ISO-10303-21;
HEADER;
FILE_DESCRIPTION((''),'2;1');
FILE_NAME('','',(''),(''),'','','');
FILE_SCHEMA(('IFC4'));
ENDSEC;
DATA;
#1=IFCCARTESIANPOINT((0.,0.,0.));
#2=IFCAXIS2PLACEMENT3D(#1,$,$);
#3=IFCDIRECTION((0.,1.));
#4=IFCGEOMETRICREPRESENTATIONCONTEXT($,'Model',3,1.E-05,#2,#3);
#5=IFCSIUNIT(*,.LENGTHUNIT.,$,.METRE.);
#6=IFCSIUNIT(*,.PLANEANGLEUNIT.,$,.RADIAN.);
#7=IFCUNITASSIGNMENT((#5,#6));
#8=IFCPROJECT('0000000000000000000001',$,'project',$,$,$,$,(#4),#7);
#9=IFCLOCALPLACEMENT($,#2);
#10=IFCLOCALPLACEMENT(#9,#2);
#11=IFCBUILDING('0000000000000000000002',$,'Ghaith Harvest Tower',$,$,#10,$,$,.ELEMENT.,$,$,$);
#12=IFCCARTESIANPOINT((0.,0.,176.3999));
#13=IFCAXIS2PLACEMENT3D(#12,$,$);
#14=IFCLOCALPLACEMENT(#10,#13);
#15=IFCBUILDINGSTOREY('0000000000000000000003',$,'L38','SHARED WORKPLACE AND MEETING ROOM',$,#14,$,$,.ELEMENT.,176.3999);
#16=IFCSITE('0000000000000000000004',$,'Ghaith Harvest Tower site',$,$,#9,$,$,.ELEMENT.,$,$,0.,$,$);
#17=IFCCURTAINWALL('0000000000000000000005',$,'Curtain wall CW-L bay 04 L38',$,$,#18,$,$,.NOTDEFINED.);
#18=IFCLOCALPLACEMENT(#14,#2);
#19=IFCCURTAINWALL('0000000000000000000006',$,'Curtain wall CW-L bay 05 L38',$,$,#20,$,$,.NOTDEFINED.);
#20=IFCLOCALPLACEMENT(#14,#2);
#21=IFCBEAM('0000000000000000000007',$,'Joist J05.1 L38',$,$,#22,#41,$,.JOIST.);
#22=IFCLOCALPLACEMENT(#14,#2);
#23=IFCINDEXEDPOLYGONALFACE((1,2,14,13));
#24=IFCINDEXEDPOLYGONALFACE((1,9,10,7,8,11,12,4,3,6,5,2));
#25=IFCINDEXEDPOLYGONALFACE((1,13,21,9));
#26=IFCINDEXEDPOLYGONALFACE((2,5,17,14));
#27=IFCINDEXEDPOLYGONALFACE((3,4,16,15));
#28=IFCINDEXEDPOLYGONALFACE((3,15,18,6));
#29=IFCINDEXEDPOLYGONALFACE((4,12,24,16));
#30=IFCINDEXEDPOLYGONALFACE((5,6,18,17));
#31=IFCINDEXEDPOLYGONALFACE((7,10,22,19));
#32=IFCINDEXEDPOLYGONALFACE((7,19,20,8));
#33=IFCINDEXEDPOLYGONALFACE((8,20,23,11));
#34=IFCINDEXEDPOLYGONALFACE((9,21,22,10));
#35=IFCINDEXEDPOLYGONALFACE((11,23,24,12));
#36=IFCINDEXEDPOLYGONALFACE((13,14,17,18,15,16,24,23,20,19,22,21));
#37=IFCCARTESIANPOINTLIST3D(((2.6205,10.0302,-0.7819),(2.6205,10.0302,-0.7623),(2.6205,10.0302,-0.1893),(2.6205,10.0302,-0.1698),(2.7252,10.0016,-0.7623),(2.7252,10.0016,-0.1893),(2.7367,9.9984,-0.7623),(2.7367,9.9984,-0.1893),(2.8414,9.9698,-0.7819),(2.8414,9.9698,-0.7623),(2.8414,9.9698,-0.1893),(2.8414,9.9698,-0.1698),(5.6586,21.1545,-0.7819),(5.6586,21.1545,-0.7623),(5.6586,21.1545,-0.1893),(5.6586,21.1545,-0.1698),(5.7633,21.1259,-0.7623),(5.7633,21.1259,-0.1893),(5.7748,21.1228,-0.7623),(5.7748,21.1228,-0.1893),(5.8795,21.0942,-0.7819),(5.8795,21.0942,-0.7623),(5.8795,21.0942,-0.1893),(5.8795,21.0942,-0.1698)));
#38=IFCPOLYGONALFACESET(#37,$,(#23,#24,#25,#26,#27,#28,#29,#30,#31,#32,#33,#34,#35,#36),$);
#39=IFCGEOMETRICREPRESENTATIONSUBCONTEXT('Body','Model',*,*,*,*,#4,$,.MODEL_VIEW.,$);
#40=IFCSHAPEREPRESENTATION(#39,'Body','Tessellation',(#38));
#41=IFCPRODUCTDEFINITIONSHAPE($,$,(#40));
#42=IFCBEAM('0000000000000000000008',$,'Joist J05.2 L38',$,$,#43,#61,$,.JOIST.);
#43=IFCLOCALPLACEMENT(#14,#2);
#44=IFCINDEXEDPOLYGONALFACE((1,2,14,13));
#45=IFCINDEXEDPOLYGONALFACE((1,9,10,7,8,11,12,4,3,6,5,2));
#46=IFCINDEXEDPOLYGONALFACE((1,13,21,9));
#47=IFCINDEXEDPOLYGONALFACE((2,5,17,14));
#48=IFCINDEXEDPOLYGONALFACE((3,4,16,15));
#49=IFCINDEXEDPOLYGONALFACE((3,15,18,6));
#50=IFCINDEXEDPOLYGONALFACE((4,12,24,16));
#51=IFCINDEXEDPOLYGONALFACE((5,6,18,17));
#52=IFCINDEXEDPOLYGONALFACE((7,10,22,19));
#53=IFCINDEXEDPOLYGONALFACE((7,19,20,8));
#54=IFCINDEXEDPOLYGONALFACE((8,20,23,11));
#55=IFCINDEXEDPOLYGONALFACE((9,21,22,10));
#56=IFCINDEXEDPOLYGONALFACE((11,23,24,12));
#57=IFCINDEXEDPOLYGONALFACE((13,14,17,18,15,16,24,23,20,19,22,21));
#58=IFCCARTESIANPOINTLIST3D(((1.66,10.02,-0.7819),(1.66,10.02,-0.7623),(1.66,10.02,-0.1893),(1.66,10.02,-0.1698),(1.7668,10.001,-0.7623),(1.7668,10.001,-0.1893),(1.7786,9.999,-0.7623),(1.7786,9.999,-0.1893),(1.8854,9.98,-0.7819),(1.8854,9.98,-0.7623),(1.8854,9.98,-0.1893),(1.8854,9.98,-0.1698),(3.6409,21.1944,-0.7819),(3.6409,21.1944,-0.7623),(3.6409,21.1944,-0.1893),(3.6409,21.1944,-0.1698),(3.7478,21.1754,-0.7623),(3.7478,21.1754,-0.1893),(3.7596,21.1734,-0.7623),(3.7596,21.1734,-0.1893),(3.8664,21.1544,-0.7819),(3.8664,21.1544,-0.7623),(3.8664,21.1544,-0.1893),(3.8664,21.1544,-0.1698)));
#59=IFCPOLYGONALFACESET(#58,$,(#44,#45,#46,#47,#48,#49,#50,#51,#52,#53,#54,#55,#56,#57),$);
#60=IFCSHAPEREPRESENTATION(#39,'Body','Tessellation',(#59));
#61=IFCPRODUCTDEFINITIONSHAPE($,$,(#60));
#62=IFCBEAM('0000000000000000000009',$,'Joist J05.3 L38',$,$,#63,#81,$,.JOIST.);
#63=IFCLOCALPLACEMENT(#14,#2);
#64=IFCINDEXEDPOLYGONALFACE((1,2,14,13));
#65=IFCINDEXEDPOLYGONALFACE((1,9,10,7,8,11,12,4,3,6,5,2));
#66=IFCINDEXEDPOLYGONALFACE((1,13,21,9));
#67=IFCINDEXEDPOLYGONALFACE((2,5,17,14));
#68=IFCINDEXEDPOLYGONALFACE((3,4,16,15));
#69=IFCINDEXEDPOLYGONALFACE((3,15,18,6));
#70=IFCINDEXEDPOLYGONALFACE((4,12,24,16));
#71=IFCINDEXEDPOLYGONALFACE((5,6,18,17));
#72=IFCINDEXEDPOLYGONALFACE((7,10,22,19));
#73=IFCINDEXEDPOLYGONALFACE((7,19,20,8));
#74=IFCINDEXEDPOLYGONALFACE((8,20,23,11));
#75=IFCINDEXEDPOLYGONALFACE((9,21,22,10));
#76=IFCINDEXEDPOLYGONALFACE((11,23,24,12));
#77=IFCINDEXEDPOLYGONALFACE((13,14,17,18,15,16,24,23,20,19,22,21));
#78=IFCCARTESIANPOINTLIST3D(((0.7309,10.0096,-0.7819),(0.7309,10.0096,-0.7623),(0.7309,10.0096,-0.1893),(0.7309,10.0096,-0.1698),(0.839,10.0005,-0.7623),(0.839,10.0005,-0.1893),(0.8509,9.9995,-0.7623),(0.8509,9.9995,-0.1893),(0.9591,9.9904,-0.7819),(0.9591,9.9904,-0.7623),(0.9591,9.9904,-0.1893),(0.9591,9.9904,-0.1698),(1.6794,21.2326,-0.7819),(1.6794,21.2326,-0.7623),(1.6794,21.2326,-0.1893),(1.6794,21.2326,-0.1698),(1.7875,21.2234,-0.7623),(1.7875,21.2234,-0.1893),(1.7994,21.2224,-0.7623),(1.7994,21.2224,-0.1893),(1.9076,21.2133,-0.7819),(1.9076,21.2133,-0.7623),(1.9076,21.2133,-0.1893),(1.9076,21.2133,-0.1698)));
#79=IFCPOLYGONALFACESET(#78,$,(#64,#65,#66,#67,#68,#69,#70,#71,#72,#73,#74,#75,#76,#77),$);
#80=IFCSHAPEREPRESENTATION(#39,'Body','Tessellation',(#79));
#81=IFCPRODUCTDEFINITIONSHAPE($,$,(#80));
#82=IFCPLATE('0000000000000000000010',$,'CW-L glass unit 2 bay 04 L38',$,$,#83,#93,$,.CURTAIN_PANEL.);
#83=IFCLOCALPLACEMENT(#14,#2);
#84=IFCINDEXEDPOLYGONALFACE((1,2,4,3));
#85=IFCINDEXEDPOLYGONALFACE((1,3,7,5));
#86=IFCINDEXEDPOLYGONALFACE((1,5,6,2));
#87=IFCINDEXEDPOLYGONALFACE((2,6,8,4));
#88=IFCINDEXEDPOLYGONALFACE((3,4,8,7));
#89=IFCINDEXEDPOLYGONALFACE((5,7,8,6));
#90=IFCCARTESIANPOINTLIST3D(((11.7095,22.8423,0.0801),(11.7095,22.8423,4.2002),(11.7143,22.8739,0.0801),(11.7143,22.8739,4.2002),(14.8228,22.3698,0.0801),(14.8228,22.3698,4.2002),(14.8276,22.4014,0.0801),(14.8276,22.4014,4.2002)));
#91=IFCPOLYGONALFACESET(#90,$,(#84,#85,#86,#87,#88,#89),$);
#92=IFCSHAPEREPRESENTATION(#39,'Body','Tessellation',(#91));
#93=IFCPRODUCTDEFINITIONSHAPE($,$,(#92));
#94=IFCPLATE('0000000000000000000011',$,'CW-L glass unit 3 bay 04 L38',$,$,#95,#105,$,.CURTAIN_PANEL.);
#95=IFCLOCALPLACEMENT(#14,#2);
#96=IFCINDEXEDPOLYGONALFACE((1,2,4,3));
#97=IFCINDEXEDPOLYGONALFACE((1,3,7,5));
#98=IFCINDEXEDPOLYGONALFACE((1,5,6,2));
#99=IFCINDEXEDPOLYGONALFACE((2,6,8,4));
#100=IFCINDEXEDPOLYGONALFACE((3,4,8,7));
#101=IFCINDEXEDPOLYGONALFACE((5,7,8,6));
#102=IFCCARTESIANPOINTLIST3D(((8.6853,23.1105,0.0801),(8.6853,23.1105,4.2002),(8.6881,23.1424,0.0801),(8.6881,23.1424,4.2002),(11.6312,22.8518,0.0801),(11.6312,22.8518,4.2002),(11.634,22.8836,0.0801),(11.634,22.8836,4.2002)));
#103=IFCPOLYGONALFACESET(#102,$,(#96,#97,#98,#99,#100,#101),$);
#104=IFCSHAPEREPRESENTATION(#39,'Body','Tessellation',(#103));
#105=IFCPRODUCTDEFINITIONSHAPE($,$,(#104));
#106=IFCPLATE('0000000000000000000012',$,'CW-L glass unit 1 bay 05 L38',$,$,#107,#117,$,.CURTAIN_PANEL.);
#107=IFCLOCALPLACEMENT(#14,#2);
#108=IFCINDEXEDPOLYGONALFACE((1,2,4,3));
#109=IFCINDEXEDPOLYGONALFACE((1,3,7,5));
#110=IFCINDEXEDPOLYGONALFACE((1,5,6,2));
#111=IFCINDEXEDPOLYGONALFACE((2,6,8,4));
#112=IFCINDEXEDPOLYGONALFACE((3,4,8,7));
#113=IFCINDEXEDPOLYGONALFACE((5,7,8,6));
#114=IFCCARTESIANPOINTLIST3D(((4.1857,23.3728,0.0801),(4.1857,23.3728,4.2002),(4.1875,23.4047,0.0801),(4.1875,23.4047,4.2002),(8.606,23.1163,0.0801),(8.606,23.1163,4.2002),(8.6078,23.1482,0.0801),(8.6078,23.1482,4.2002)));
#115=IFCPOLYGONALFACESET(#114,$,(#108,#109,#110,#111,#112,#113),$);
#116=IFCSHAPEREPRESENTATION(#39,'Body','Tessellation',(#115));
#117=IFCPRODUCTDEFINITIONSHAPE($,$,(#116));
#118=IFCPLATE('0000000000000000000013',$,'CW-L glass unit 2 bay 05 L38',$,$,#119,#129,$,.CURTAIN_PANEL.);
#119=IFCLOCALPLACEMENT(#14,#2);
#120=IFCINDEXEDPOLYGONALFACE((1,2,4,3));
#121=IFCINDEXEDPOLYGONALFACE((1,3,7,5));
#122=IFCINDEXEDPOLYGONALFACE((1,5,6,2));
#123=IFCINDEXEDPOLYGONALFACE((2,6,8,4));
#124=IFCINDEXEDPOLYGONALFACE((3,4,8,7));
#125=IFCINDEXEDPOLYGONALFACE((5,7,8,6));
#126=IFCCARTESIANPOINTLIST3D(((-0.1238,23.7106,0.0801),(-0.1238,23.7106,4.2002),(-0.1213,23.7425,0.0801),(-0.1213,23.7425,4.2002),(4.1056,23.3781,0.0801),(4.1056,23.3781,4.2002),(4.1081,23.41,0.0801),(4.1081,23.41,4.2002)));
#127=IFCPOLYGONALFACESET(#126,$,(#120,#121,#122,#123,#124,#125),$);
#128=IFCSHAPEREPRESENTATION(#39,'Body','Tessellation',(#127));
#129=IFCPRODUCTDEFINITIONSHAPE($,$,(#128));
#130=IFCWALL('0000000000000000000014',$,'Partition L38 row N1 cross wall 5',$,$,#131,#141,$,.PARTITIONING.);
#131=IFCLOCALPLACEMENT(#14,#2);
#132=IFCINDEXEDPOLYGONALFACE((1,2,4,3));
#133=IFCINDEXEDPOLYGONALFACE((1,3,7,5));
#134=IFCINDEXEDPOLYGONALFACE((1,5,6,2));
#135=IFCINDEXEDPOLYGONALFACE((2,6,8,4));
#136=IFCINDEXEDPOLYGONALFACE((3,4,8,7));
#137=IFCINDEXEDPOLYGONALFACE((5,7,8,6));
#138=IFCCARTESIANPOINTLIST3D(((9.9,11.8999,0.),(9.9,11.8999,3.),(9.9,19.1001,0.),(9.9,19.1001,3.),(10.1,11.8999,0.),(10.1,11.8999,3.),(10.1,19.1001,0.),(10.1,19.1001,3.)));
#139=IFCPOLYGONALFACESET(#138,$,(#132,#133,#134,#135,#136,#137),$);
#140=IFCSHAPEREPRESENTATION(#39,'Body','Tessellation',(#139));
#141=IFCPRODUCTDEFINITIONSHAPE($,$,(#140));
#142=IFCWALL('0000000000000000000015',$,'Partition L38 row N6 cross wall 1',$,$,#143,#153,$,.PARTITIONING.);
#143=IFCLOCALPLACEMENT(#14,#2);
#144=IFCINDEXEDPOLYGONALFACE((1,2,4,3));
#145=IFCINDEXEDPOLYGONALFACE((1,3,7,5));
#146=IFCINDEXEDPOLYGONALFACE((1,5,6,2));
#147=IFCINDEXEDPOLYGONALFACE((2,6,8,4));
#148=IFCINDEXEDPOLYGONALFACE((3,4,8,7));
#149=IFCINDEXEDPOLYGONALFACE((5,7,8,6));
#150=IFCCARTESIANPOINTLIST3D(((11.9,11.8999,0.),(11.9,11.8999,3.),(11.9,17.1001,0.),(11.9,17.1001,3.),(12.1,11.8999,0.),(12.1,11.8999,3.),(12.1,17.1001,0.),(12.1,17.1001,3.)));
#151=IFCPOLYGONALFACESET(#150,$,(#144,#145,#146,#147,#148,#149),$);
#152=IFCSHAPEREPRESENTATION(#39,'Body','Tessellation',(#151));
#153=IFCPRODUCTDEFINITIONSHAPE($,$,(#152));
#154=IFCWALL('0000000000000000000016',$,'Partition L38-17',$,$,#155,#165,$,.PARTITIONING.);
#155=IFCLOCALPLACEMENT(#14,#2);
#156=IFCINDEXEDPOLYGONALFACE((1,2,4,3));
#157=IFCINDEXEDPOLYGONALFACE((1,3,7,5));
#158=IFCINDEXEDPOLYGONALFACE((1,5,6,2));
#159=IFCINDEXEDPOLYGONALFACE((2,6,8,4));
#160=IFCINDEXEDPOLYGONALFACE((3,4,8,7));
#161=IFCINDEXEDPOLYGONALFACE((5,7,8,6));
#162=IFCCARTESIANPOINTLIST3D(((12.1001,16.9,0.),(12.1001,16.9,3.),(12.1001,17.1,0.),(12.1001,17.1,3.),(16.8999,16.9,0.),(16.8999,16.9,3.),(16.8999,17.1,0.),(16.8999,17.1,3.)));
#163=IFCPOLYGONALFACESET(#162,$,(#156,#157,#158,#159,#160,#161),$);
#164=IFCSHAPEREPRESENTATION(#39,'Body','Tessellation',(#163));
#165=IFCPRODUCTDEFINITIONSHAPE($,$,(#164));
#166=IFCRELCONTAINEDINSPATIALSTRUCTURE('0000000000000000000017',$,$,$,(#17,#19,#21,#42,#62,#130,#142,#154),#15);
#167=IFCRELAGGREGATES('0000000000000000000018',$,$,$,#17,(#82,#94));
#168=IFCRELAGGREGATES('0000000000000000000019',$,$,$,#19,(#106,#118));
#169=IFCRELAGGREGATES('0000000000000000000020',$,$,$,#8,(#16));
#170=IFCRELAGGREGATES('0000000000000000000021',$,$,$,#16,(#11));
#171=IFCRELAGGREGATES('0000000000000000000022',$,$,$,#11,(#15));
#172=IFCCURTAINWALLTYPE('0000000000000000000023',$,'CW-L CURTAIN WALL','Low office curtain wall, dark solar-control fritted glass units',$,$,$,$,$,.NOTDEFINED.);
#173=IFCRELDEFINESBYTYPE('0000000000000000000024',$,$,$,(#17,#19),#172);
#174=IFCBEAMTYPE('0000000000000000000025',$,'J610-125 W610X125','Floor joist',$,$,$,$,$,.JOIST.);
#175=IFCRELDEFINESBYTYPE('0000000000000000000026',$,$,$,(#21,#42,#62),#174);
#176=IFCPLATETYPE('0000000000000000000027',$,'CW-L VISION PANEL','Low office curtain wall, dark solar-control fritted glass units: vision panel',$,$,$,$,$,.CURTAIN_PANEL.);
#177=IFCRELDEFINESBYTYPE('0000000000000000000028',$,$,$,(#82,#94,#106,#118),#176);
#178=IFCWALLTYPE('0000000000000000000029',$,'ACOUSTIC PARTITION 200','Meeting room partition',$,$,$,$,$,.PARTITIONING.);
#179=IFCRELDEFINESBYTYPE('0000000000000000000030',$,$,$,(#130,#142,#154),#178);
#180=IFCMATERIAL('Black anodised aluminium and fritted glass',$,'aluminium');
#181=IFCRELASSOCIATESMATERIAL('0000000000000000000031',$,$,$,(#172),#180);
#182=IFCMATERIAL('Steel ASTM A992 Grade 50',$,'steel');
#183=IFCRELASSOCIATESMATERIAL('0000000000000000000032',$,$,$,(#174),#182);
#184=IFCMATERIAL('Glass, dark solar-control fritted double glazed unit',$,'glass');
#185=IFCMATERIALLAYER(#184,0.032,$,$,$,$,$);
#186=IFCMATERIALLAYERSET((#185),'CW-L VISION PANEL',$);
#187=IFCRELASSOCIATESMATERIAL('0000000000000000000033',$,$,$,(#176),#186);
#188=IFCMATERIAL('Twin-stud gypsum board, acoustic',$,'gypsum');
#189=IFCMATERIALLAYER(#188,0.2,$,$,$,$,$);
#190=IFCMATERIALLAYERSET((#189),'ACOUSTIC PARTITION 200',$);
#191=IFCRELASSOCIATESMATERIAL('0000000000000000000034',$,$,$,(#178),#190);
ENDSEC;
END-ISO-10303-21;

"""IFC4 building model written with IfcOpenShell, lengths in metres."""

from ifc_helpers import new_model, si_unit, direction, frame, frame_2d, origin, origin_2d, place, context, subcontext, project, spatial, rectangle, i_section, extrude, material, layer, layer_set, material_profile, profile_set, type_object, element, aggregate, save


model = new_model("IFC4")

# Units and contexts
model_context = context("Model", 3, precision=1e-05, world=origin(), true_north=direction((0.0, 1.0)))
body_context = subcontext(model_context, "Body", "Model", "MODEL_VIEW")
ifc_project = project(units=[si_unit("LENGTHUNIT", "METRE"), si_unit("PLANEANGLEUNIT", "RADIAN")], contexts=[model_context])

# Site, building, storey
site_placement = place(None, origin())
site = spatial("IfcSite", under=ifc_project, at=site_placement, Name="Ghaith Harvest Tower site", CompositionType="ELEMENT", RefElevation=0.0)
building_placement = place(site_placement, origin())
building = spatial("IfcBuilding", under=site, at=building_placement, Name="Ghaith Harvest Tower", CompositionType="ELEMENT")
storey_placement = place(building_placement, frame((0.0, 0.0, 176.3999)))
storey = spatial("IfcBuildingStorey", under=building, at=storey_placement, Name="L38", Description="SHARED WORKPLACE AND MEETING ROOM", CompositionType="ELEMENT", Elevation=176.3999)

# Curtain wall
ifc_material_1 = material(Name="Black anodised aluminium and fritted glass", Category="aluminium")
curtain_wall_type = type_object("IfcCurtainWallType", Name="CW-L CURTAIN WALL", Description="Low office curtain wall, dark solar-control fritted glass units", PredefinedType="NOTDEFINED", material=ifc_material_1)
curtain_wall_1_placement = place(storey_placement, origin())
curtain_wall_1 = element("IfcCurtainWall", 1, at=curtain_wall_1_placement, inside=storey, type_object=curtain_wall_type, Name="Curtain wall CW-L bay 04 L38", PredefinedType="NOTDEFINED")

# Curtain wall
curtain_wall_2_placement = place(storey_placement, origin())
curtain_wall_2 = element("IfcCurtainWall", 2, at=curtain_wall_2_placement, inside=storey, type_object=curtain_wall_type, Name="Curtain wall CW-L bay 05 L38", PredefinedType="NOTDEFINED")

# Beams
ifc_material_2 = material(Name="Steel ASTM A992 Grade 50", Category="steel")
ifc_material_profile_1 = material_profile(ifc_material_2, i_section(OverallWidth=0.229, OverallDepth=0.6121, WebThickness=0.012, FlangeThickness=0.0195, at=origin_2d()), Name="W610X125")
ifc_profile_set_1 = profile_set([ifc_material_profile_1], Name="Steel ASTM A992 Grade 50")
beam_type_1 = type_object("IfcBeamType", Name="J610-125 W610X125", Description="Floor joist", PredefinedType="JOIST", material=ifc_profile_set_1)
beam_1_placement = place(storey_placement, frame((2.731, 10.0, -0.4758), z_axis=(0.263456, 0.964671, 0.0), x_axis=(-0.964671, 0.263456, 0.0)))
element("IfcBeam", 3, at=beam_1_placement, inside=storey, type_object=beam_type_1, Name="Joist J05.1 L38", PredefinedType="JOIST", context=body_context, shape_type="SweptSolid", body=[
    extrude(i_section(OverallWidth=0.229, OverallDepth=0.6121, WebThickness=0.012, FlangeThickness=0.0195, at=origin_2d()), origin(), (0.0, 0.0, 1.0), 11.5317),
])
beam_2_placement = place(storey_placement, frame((1.7727, 10.0, -0.4758), z_axis=(0.174556, 0.984647, 0.0), x_axis=(-0.984647, 0.174556, 0.0)))
element("IfcBeam", 4, at=beam_2_placement, inside=storey, type_object=beam_type_1, Name="Joist J05.2 L38", PredefinedType="JOIST", context=body_context, shape_type="SweptSolid", body=[
    extrude(i_section(OverallWidth=0.229, OverallDepth=0.6121, WebThickness=0.012, FlangeThickness=0.0195, at=origin_2d()), origin(), (0.0, 0.0, 1.0), 11.3486),
])
beam_3_placement = place(storey_placement, frame((0.845, 10.0, -0.4758), z_axis=(0.084213, 0.996448, 0.0), x_axis=(-0.996448, 0.084213, 0.0)))
element("IfcBeam", 5, at=beam_3_placement, inside=storey, type_object=beam_type_1, Name="Joist J05.3 L38", PredefinedType="JOIST", context=body_context, shape_type="SweptSolid", body=[
    extrude(i_section(OverallWidth=0.229, OverallDepth=0.6121, WebThickness=0.012, FlangeThickness=0.0195, at=origin_2d()), origin(), (0.0, 0.0, 1.0), 11.2629),
])

# Plates
ifc_material_3 = material(Name="Glass, dark solar-control fritted double glazed unit", Category="glass")
ifc_layer_1 = layer(ifc_material_3, 0.032)
ifc_layer_set_1 = layer_set([ifc_layer_1], Name="CW-L VISION PANEL")
plate_type = type_object("IfcPlateType", Name="CW-L VISION PANEL", Description="Low office curtain wall, dark solar-control fritted glass units: vision panel", PredefinedType="CURTAIN_PANEL", material=ifc_layer_set_1)
plate_1_placement = place(storey_placement, frame((13.2686, 22.6218, 0.0801), z_axis=(0.0, 0.0, 1.0), x_axis=(-0.988679, 0.150048, 0.0)))
plate_1 = element("IfcPlate", 6, at=plate_1_placement, type_object=plate_type, Name="CW-L glass unit 2 bay 04 L38", PredefinedType="CURTAIN_PANEL", context=body_context, shape_type="SweptSolid", body=[
    extrude(rectangle(XDim=3.1489, YDim=0.032, at=origin_2d()), origin(), (0.0, 0.0, 1.0), 4.1201),
])
plate_2_placement = place(storey_placement, frame((10.1597, 22.9971, 0.0801), z_axis=(0.0, 0.0, 1.0), x_axis=(-0.996166, 0.087481, 0.0)))
plate_2 = element("IfcPlate", 7, at=plate_2_placement, type_object=plate_type, Name="CW-L glass unit 3 bay 04 L38", PredefinedType="CURTAIN_PANEL", context=body_context, shape_type="SweptSolid", body=[
    extrude(rectangle(XDim=2.9573, YDim=0.032, at=origin_2d()), origin(), (0.0, 0.0, 1.0), 4.1201),
])
aggregate(curtain_wall_1, [plate_1, plate_2])
plate_3_placement = place(storey_placement, frame((6.3967, 23.2605, 0.0801), z_axis=(0.0, 0.0, 1.0), x_axis=(-0.998321, 0.057927, 0.0)))
plate_3 = element("IfcPlate", 8, at=plate_3_placement, type_object=plate_type, Name="CW-L glass unit 1 bay 05 L38", PredefinedType="CURTAIN_PANEL", context=body_context, shape_type="SweptSolid", body=[
    extrude(rectangle(XDim=4.4277, YDim=0.032, at=origin_2d()), origin(), (0.0, 0.0, 1.0), 4.1201),
])
plate_4_placement = place(storey_placement, frame((1.9922, 23.5603, 0.0801), z_axis=(0.0, 0.0, 1.0), x_axis=(-0.996925, 0.07836, 0.0)))
plate_4 = element("IfcPlate", 9, at=plate_4_placement, type_object=plate_type, Name="CW-L glass unit 2 bay 05 L38", PredefinedType="CURTAIN_PANEL", context=body_context, shape_type="SweptSolid", body=[
    extrude(rectangle(XDim=4.2424, YDim=0.032, at=origin_2d()), origin(), (0.0, 0.0, 1.0), 4.1201),
])
aggregate(curtain_wall_2, [plate_3, plate_4])

# Walls
ifc_material_4 = material(Name="Twin-stud gypsum board, acoustic", Category="gypsum")
ifc_layer_2 = layer(ifc_material_4, 0.2)
ifc_layer_set_2 = layer_set([ifc_layer_2], Name="ACOUSTIC PARTITION 200")
wall_type = type_object("IfcWallType", Name="ACOUSTIC PARTITION 200", Description="Meeting room partition", PredefinedType="PARTITIONING", material=ifc_layer_set_2)
wall_1_placement = place(storey_placement, frame((10.0, 11.8999, 0.0), z_axis=(0.0, 0.0, 1.0), x_axis=(0.0, 1.0, 0.0)))
element("IfcWall", 10, at=wall_1_placement, inside=storey, type_object=wall_type, Name="Partition L38 row N1 cross wall 5", PredefinedType="PARTITIONING", context=body_context, shape_type="SweptSolid", body=[
    extrude(rectangle(XDim=7.2002, YDim=0.2, at=frame_2d((3.6001, 0.0))), origin(), (0.0, 0.0, 1.0), 3.0),
])
wall_2_placement = place(storey_placement, frame((12.0, 11.8999, 0.0), z_axis=(0.0, 0.0, 1.0), x_axis=(0.0, 1.0, 0.0)))
element("IfcWall", 11, at=wall_2_placement, inside=storey, type_object=wall_type, Name="Partition L38 row N6 cross wall 1", PredefinedType="PARTITIONING", context=body_context, shape_type="SweptSolid", body=[
    extrude(rectangle(XDim=5.2002, YDim=0.2, at=frame_2d((2.6001, 0.0))), origin(), (0.0, 0.0, 1.0), 3.0),
])

# Wall
wall_3_placement = place(storey_placement, frame((12.1001, 17.0, 0.0), z_axis=(0.0, 0.0, 1.0), x_axis=(1.0, 0.0, 0.0)))
element("IfcWall", 12, at=wall_3_placement, inside=storey, type_object=wall_type, Name="Partition L38-17", PredefinedType="PARTITIONING", context=body_context, shape_type="SweptSolid", body=[
    extrude(rectangle(XDim=4.7998, YDim=0.2, at=frame_2d((2.3999, 0.0))), origin(), (0.0, 0.0, 1.0), 3.0),
])

save(model, "model.ifc")
